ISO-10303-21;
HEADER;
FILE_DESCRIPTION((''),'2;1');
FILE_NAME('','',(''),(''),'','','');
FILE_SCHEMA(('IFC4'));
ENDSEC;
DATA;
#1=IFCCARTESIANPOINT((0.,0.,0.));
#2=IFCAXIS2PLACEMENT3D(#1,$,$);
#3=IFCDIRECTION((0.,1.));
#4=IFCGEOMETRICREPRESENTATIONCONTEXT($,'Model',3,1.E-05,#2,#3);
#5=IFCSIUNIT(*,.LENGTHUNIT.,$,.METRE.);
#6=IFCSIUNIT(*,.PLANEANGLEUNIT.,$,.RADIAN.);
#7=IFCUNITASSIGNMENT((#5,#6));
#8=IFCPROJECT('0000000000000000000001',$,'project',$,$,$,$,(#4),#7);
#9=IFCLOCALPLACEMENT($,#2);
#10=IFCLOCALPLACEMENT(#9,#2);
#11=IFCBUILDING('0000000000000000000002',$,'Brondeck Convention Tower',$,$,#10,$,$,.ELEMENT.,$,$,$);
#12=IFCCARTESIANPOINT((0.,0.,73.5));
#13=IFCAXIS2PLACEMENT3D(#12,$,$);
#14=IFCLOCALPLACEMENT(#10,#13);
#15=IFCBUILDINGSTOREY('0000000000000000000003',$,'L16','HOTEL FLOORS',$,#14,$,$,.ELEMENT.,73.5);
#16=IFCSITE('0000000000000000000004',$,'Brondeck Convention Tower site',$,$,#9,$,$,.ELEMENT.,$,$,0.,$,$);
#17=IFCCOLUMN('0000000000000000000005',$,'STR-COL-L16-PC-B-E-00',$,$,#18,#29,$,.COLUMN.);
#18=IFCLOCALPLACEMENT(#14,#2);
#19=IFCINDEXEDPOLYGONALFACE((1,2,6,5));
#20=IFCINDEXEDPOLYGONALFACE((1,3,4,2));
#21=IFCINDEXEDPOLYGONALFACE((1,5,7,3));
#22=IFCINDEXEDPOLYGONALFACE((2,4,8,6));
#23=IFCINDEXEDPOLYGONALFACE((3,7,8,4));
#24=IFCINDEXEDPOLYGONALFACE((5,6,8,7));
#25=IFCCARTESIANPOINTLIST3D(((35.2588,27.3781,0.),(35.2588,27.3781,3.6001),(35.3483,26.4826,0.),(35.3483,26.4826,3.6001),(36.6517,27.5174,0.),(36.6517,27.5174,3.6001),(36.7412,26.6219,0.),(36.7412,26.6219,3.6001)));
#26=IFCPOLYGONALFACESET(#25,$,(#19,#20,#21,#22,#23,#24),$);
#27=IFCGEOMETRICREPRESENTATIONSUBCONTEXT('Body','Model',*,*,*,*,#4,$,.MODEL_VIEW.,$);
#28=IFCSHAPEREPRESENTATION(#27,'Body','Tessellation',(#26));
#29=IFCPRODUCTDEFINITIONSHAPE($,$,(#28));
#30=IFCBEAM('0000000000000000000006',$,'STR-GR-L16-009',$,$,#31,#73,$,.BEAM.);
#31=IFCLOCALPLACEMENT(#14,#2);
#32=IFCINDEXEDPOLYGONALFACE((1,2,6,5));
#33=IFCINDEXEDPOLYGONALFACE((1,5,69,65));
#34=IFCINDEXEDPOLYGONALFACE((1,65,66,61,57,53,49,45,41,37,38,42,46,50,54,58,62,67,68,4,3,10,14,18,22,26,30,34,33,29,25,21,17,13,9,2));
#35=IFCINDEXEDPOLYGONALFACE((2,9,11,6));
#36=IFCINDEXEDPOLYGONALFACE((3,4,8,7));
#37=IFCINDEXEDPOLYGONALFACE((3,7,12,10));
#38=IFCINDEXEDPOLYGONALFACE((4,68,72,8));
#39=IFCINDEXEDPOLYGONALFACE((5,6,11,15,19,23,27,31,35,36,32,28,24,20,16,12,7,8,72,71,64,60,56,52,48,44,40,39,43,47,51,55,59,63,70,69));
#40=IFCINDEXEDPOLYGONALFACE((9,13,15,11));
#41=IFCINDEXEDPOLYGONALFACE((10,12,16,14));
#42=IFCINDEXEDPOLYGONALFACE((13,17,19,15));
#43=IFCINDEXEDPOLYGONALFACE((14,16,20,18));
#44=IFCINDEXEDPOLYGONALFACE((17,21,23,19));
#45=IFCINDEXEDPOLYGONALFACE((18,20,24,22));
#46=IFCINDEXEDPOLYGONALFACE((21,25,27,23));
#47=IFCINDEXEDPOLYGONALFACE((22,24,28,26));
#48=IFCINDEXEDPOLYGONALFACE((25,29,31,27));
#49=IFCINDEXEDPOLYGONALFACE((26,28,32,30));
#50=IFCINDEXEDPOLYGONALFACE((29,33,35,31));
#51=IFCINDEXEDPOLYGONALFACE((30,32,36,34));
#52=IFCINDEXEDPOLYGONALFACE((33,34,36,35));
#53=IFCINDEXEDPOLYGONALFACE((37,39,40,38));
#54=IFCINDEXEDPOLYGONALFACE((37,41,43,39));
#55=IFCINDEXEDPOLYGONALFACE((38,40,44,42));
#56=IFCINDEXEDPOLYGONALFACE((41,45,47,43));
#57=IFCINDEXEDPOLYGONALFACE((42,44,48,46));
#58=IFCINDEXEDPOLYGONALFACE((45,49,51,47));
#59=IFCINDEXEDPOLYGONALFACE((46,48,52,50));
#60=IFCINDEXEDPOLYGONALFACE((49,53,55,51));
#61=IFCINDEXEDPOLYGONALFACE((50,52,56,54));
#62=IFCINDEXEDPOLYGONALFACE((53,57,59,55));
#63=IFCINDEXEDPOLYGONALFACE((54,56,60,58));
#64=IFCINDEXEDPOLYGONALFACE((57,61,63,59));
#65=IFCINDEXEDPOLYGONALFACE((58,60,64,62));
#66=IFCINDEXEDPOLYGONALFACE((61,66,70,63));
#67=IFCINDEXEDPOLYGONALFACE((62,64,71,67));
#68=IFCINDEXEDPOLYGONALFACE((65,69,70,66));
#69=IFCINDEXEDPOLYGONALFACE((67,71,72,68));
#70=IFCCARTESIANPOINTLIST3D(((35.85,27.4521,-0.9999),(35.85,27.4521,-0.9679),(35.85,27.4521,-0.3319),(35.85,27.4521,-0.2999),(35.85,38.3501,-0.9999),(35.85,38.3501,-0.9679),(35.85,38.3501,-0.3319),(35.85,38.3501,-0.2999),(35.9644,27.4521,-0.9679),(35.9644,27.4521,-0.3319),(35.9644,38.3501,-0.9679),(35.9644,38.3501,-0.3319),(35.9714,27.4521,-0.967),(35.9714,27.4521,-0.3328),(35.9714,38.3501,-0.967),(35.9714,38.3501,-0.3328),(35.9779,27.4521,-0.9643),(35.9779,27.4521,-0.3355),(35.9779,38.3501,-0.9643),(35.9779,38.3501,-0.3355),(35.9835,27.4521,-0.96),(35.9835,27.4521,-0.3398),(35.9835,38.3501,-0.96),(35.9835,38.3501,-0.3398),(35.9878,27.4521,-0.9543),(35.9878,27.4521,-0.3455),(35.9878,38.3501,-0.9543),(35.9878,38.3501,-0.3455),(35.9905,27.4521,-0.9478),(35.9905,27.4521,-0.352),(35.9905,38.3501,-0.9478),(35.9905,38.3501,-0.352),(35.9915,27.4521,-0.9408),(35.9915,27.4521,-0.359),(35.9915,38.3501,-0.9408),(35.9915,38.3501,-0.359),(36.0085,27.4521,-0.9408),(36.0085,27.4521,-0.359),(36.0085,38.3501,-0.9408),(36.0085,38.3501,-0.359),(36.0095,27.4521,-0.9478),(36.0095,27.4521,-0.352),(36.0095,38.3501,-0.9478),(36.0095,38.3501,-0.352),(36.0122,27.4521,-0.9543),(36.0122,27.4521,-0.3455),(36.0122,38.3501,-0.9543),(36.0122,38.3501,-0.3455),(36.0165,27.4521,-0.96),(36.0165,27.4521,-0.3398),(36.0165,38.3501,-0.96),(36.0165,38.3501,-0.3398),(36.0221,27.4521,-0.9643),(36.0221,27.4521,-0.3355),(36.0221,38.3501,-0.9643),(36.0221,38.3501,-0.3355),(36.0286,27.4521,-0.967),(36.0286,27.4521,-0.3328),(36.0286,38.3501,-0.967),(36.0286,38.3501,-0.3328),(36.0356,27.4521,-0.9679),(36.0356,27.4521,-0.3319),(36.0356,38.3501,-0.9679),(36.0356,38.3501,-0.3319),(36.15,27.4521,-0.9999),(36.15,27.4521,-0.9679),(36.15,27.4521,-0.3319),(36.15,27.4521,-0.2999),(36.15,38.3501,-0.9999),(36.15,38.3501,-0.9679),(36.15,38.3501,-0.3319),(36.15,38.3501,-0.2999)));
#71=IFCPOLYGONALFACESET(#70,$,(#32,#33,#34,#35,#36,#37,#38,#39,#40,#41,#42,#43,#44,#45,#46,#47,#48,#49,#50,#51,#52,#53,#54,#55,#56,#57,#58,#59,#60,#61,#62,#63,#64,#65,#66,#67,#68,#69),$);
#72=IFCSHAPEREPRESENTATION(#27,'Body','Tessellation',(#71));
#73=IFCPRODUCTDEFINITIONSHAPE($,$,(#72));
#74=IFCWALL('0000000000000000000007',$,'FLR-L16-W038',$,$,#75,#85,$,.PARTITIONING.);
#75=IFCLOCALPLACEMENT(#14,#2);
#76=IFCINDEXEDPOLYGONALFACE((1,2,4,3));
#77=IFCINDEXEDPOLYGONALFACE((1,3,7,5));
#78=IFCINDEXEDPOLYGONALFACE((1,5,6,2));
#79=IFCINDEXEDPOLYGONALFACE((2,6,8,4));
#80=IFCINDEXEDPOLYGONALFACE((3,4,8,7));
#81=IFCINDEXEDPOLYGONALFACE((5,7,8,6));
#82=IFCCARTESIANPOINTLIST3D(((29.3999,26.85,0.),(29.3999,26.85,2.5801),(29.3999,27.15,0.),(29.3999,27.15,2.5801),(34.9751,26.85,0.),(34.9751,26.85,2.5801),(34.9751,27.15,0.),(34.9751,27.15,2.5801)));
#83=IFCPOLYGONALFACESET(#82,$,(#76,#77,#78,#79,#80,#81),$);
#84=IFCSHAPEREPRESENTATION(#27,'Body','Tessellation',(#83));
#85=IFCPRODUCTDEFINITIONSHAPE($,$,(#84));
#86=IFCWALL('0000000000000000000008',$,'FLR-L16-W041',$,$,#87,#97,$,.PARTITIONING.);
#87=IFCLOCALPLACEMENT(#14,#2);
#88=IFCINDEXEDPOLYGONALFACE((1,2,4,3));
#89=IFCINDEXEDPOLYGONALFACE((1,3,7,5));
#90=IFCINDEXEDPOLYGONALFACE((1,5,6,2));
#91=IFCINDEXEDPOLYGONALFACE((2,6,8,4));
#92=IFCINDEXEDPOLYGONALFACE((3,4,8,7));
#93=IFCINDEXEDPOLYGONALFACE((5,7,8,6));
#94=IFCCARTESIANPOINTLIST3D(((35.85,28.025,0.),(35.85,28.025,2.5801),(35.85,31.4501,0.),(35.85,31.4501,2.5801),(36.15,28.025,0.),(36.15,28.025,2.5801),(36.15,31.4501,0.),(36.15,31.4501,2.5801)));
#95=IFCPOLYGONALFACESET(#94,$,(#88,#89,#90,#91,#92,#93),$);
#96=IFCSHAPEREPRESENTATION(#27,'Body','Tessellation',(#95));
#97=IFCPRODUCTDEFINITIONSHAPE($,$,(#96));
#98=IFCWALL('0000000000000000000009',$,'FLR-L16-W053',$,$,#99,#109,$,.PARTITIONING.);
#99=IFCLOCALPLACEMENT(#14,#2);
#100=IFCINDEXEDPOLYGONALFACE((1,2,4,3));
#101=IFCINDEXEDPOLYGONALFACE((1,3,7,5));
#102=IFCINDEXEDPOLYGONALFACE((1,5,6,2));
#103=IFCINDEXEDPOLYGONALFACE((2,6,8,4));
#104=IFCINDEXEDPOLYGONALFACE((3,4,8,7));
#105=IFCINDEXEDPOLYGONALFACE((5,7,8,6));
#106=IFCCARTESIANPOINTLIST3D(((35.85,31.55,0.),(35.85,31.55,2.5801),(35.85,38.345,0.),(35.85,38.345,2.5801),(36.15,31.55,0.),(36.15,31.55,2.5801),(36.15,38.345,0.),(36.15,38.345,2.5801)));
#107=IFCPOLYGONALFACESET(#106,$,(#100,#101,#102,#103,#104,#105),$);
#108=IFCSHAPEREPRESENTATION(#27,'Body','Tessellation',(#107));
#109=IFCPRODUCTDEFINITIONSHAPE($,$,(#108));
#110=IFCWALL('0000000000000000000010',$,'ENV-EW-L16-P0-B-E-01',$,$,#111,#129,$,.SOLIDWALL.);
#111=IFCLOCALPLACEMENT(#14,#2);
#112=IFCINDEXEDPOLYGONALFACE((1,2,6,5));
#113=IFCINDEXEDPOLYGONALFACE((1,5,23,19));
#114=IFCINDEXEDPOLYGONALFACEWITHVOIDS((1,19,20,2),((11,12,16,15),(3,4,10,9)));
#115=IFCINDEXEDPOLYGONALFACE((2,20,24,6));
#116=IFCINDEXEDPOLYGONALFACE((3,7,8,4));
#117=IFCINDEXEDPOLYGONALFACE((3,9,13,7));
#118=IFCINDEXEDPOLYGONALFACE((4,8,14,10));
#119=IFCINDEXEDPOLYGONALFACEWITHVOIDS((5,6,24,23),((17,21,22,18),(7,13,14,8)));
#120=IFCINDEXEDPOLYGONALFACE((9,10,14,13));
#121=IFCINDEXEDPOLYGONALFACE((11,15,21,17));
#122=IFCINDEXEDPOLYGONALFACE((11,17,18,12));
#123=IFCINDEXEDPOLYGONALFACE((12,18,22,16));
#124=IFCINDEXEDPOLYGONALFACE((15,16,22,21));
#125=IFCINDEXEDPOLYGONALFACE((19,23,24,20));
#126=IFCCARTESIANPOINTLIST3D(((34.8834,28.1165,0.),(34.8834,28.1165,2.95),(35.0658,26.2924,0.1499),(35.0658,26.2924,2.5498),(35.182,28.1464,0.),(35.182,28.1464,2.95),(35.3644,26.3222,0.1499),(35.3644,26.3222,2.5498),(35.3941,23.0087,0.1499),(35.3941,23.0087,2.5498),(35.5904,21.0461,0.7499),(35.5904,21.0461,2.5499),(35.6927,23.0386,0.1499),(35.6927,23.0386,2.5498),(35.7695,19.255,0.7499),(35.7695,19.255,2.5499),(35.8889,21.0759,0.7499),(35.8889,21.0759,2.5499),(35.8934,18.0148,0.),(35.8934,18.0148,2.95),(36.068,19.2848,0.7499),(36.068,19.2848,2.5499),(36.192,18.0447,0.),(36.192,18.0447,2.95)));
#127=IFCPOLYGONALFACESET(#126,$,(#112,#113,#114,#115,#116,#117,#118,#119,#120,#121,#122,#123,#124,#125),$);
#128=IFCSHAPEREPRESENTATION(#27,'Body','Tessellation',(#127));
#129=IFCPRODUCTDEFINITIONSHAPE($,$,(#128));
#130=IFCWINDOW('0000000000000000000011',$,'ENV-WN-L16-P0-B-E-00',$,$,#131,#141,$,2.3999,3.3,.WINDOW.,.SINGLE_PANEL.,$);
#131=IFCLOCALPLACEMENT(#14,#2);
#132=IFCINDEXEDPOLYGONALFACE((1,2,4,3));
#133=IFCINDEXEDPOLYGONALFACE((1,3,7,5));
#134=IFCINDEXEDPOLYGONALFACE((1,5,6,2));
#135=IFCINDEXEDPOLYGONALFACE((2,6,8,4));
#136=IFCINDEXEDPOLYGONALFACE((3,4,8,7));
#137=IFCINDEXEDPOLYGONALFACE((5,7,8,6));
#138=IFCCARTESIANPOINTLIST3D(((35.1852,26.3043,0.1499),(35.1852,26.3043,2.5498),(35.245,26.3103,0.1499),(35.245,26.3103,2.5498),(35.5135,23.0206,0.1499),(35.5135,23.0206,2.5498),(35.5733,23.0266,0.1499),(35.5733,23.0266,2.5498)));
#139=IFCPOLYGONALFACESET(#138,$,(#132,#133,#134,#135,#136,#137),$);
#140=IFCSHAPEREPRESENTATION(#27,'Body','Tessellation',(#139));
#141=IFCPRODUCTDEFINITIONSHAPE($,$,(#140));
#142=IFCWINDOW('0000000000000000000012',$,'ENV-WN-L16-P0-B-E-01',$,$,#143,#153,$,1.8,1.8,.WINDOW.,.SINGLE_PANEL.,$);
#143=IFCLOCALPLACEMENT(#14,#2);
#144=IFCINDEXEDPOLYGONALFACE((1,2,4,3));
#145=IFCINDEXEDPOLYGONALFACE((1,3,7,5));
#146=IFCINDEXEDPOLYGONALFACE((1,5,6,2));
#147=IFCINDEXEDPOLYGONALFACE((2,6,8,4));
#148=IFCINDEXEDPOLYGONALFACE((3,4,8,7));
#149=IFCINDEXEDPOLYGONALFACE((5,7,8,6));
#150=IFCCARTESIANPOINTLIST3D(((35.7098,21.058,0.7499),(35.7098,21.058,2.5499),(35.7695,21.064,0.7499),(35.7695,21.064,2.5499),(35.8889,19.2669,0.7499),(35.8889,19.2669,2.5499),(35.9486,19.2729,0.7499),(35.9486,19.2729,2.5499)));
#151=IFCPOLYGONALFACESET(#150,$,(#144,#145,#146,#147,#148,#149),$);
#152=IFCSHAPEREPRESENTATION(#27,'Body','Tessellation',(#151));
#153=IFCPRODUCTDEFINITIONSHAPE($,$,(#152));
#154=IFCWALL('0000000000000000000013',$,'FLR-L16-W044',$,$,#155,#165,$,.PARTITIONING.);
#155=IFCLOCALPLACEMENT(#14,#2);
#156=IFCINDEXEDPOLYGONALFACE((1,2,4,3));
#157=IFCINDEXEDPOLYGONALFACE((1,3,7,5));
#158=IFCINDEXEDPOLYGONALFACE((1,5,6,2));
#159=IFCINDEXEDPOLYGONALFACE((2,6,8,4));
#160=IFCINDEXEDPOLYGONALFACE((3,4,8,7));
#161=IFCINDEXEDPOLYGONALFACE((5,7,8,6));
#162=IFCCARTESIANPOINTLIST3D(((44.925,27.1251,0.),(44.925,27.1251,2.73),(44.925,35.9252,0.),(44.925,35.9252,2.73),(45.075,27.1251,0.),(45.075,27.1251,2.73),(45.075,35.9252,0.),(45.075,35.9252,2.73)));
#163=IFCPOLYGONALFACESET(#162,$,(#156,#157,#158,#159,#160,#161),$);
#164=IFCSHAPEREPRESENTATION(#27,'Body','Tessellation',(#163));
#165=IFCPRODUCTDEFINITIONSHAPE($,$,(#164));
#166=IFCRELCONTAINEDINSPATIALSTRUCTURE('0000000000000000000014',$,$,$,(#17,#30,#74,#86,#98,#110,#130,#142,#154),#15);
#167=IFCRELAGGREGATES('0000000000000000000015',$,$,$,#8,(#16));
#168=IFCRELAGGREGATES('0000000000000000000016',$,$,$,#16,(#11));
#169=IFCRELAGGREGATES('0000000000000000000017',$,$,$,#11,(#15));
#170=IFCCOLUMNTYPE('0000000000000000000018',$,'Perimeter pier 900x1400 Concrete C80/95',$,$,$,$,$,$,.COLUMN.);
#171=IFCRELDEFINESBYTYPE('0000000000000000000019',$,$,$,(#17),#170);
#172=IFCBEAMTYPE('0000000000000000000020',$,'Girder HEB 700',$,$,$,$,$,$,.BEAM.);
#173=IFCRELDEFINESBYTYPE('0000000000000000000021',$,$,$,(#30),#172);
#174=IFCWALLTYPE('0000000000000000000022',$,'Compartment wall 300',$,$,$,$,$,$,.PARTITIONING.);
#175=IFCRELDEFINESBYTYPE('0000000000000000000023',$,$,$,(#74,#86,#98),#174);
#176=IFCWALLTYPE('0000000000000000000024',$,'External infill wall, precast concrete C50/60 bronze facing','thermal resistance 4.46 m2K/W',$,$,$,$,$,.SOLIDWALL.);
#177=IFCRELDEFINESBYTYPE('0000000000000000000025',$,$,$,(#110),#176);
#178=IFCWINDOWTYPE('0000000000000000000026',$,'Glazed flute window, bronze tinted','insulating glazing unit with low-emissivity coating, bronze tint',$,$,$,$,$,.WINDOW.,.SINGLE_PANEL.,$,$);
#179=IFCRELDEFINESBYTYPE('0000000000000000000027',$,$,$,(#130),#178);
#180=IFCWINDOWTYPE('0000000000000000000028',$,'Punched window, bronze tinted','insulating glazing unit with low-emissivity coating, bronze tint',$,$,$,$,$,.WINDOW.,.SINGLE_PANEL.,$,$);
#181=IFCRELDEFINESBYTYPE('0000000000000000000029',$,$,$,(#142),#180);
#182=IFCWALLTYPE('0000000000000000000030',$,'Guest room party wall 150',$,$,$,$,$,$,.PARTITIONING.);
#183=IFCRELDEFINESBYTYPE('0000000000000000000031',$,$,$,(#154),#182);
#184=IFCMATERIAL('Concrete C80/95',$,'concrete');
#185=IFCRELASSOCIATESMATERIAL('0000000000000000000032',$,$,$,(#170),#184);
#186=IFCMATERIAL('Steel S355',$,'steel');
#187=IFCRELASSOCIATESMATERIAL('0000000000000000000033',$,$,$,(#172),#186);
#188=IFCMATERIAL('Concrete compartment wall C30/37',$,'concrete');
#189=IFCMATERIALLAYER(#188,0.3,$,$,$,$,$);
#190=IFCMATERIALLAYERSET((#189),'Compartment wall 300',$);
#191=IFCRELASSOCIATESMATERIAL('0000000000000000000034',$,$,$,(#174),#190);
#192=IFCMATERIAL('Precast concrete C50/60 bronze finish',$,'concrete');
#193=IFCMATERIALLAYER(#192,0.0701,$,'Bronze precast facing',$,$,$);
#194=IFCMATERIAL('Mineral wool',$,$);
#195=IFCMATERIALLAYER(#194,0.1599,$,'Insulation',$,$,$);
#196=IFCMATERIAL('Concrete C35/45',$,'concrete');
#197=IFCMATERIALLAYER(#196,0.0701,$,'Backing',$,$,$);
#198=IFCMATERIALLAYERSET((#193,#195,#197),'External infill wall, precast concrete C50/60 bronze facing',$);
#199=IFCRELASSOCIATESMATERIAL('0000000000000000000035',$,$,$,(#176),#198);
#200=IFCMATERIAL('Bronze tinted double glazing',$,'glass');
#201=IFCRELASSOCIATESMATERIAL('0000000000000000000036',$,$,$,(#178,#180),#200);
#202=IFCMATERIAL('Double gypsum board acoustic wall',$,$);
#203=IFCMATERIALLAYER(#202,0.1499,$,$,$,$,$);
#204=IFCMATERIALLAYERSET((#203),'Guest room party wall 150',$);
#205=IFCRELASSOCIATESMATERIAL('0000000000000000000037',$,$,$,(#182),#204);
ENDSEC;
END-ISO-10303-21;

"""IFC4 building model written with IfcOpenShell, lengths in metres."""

from ifc_helpers import new_model, si_unit, direction, frame, frame_2d, origin, origin_2d, place, context, subcontext, project, spatial, rectangle, i_section, extrude, material, layer, layer_set, material_profile, profile_set, type_object, element, fill, save


model = new_model("IFC4")

# Units and contexts
model_context = context("Model", 3, precision=1e-05, world=origin(), true_north=direction((0.0, 1.0)))
body_context = subcontext(model_context, "Body", "Model", "MODEL_VIEW")
ifc_project = project(units=[si_unit("LENGTHUNIT", "METRE"), si_unit("PLANEANGLEUNIT", "RADIAN")], contexts=[model_context])

# Site, building, storey
site_placement = place(None, origin())
site = spatial("IfcSite", under=ifc_project, at=site_placement, Name="Brondeck Convention Tower site", CompositionType="ELEMENT", RefElevation=0.0)
building_placement = place(site_placement, origin())
building = spatial("IfcBuilding", under=site, at=building_placement, Name="Brondeck Convention Tower", CompositionType="ELEMENT")
storey_placement = place(building_placement, frame((0.0, 0.0, 73.5)))
storey = spatial("IfcBuildingStorey", under=building, at=storey_placement, Name="L16", Description="HOTEL FLOORS", CompositionType="ELEMENT", Elevation=73.5)

# Column
ifc_material_1 = material(Name="Concrete C80/95", Category="concrete")
ifc_material_profile_1 = material_profile(ifc_material_1, rectangle(XDim=0.8999, YDim=1.3999, at=origin_2d()), Name="Perimeter pier 900x1400 Concrete C80/95")
ifc_profile_set_1 = profile_set([ifc_material_profile_1], Name="Concrete C80/95")
column_type = type_object("IfcColumnType", Name="Perimeter pier 900x1400 Concrete C80/95", PredefinedType="COLUMN", material=ifc_profile_set_1)
column_placement = place(storey_placement, frame((36.0, 27.0, 0.0), z_axis=(0.0, 0.0, 1.0), x_axis=(-0.099504, 0.995037, 0.0)))
element("IfcColumn", 1, at=column_placement, inside=storey, type_object=column_type, Name="STR-COL-L16-PC-B-E-00", PredefinedType="COLUMN", context=body_context, shape_type="SweptSolid", body=[
    extrude(rectangle(XDim=0.8999, YDim=1.3999, at=origin_2d()), origin(), (0.0, 0.0, 1.0), 3.6001),
])

# Beam
ifc_material_2 = material(Name="Steel S355", Category="steel")
ifc_material_profile_2 = material_profile(ifc_material_2, i_section(OverallWidth=0.3, OverallDepth=0.7, WebThickness=0.0171, FlangeThickness=0.032, FilletRadius=0.0271, at=origin_2d()), Name="HEB 700")
ifc_profile_set_2 = profile_set([ifc_material_profile_2], Name="Steel S355")
beam_type = type_object("IfcBeamType", Name="Girder HEB 700", PredefinedType="BEAM", material=ifc_profile_set_2)
beam_placement = place(storey_placement, frame((36.0, 27.4521, -0.6499), z_axis=(0.0, 1.0, 0.0), x_axis=(-1.0, 0.0, 0.0)))
element("IfcBeam", 2, at=beam_placement, inside=storey, type_object=beam_type, Name="STR-GR-L16-009", PredefinedType="BEAM", context=body_context, shape_type="SweptSolid", body=[
    extrude(i_section(OverallWidth=0.3, OverallDepth=0.7, WebThickness=0.0171, FlangeThickness=0.032, FilletRadius=0.0271, at=origin_2d()), origin(), (0.0, 0.0, 1.0), 10.8979),
])

# Walls
ifc_material_3 = material(Name="Concrete compartment wall C30/37", Category="concrete")
ifc_layer_1 = layer(ifc_material_3, 0.3)
ifc_layer_set_1 = layer_set([ifc_layer_1], Name="Compartment wall 300")
wall_type_1 = type_object("IfcWallType", Name="Compartment wall 300", PredefinedType="PARTITIONING", material=ifc_layer_set_1)
wall_1_placement = place(storey_placement, frame((34.9751, 27.0, 0.0), z_axis=(0.0, 0.0, 1.0), x_axis=(-1.0, 0.0, 0.0)))
element("IfcWall", 3, at=wall_1_placement, inside=storey, type_object=wall_type_1, Name="FLR-L16-W038", PredefinedType="PARTITIONING", context=body_context, shape_type="SweptSolid", body=[
    extrude(rectangle(XDim=5.5752, YDim=0.3, at=frame_2d((2.7876, 0.0))), origin(), (0.0, 0.0, 1.0), 2.5801),
])
wall_2_placement = place(storey_placement, frame((36.0, 31.45, 0.0), z_axis=(0.0, 0.0, 1.0), x_axis=(0.0, -1.0, 0.0)))
element("IfcWall", 4, at=wall_2_placement, inside=storey, type_object=wall_type_1, Name="FLR-L16-W041", PredefinedType="PARTITIONING", context=body_context, shape_type="SweptSolid", body=[
    extrude(rectangle(XDim=3.425, YDim=0.3, at=frame_2d((1.7124, 0.0))), origin(), (0.0, 0.0, 1.0), 2.5801),
])
wall_3_placement = place(storey_placement, frame((36.0, 38.345, 0.0), z_axis=(0.0, 0.0, 1.0), x_axis=(0.0, -1.0, 0.0)))
element("IfcWall", 5, at=wall_3_placement, inside=storey, type_object=wall_type_1, Name="FLR-L16-W053", PredefinedType="PARTITIONING", context=body_context, shape_type="SweptSolid", body=[
    extrude(rectangle(XDim=6.7949, YDim=0.3, at=frame_2d((3.3975, 0.0))), origin(), (0.0, 0.0, 1.0), 2.5801),
])

# Wall, openings, windows
ifc_material_4 = material(Name="Precast concrete C50/60 bronze finish", Category="concrete")
ifc_layer_2 = layer(ifc_material_4, 0.0701, Name="Bronze precast facing")
ifc_material_5 = material(Name="Mineral wool")
ifc_layer_3 = layer(ifc_material_5, 0.1599, Name="Insulation")
ifc_material_6 = material(Name="Concrete C35/45", Category="concrete")
ifc_layer_4 = layer(ifc_material_6, 0.0701, Name="Backing")
ifc_layer_set_2 = layer_set([ifc_layer_2, ifc_layer_3, ifc_layer_4], Name="External infill wall, precast concrete C50/60 bronze facing")
wall_type_2 = type_object("IfcWallType", Name="External infill wall, precast concrete C50/60 bronze facing", Description="thermal resistance 4.46 m2K/W", PredefinedType="SOLIDWALL", material=ifc_layer_set_2)
wall_4_placement = place(storey_placement, frame((35.0327, 28.1316, 0.0), z_axis=(0.0, 0.0, 1.0), x_axis=(0.099487, -0.995039, 0.0)))
wall_4 = element("IfcWall", 6, at=wall_4_placement, inside=storey, type_object=wall_type_2, Name="ENV-EW-L16-P0-B-E-01", PredefinedType="SOLIDWALL", context=body_context, shape_type="SweptSolid", body=[
    extrude(rectangle(XDim=10.1521, YDim=0.3, at=frame_2d((5.0762, 0.0))), origin(), (0.0, 0.0, 1.0), 2.95),
])
opening_1_placement = place(wall_4_placement, frame((1.8335, 0.0, 0.1499)))
opening_1 = element("IfcOpeningElement", 7, at=opening_1_placement, cuts=wall_4, PredefinedType="OPENING", context=body_context, shape_type="SweptSolid", body=[
    extrude(rectangle(XDim=3.3, YDim=2.3999, at=frame_2d((1.6499, 1.2))), frame((0.0, 0.1599, 0.0), z_axis=(0.0, -1.0, 0.0), x_axis=(1.0, 0.0, 0.0)), (0.0, 0.0, 1.0), 0.3201),
])
opening_2_placement = place(wall_4_placement, frame((7.106, 0.0, 0.75)))
opening_2 = element("IfcOpeningElement", 8, at=opening_2_placement, cuts=wall_4, PredefinedType="OPENING", context=body_context, shape_type="SweptSolid", body=[
    extrude(rectangle(XDim=1.8, YDim=1.8, at=frame_2d((0.8999, 0.8999))), frame((0.0, 0.1599, 0.0), z_axis=(0.0, -1.0, 0.0), x_axis=(1.0, 0.0, 0.0)), (0.0, 0.0, 1.0), 0.3201),
])
ifc_material_7 = material(Name="Bronze tinted double glazing", Category="glass")
window_type_1 = type_object("IfcWindowType", Name="Glazed flute window, bronze tinted", Description="insulating glazing unit with low-emissivity coating, bronze tint", PartitioningType="SINGLE_PANEL", PredefinedType="WINDOW", material=ifc_material_7)
window_1_placement = place(opening_1_placement, origin())
window_1 = element("IfcWindow", 9, at=window_1_placement, inside=storey, type_object=window_type_1, Name="ENV-WN-L16-P0-B-E-00", OverallHeight=2.3999, OverallWidth=3.3, PartitioningType="SINGLE_PANEL", PredefinedType="WINDOW", context=body_context, shape_type="SweptSolid", body=[
    extrude(rectangle(XDim=3.3, YDim=2.3999, at=frame_2d((1.6499, 1.2))), frame((0.0, 0.03, 0.0), z_axis=(0.0, -1.0, 0.0), x_axis=(1.0, 0.0, 0.0)), (0.0, 0.0, 1.0), 0.0601),
])
fill(opening_1, window_1)
window_type_2 = type_object("IfcWindowType", Name="Punched window, bronze tinted", Description="insulating glazing unit with low-emissivity coating, bronze tint", PartitioningType="SINGLE_PANEL", PredefinedType="WINDOW", material=ifc_material_7)
window_2_placement = place(opening_2_placement, origin())
window_2 = element("IfcWindow", 10, at=window_2_placement, inside=storey, type_object=window_type_2, Name="ENV-WN-L16-P0-B-E-01", OverallHeight=1.8, OverallWidth=1.8, PartitioningType="SINGLE_PANEL", PredefinedType="WINDOW", context=body_context, shape_type="SweptSolid", body=[
    extrude(rectangle(XDim=1.8, YDim=1.8, at=frame_2d((0.8999, 0.8999))), frame((0.0, 0.03, 0.0), z_axis=(0.0, -1.0, 0.0), x_axis=(1.0, 0.0, 0.0)), (0.0, 0.0, 1.0), 0.0601),
])
fill(opening_2, window_2)

# Wall
ifc_material_8 = material(Name="Double gypsum board acoustic wall")
ifc_layer_5 = layer(ifc_material_8, 0.1499)
ifc_layer_set_3 = layer_set([ifc_layer_5], Name="Guest room party wall 150")
wall_type_3 = type_object("IfcWallType", Name="Guest room party wall 150", PredefinedType="PARTITIONING", material=ifc_layer_set_3)
wall_5_placement = place(storey_placement, frame((45.0, 35.925, 0.0), z_axis=(0.0, 0.0, 1.0), x_axis=(0.0, -1.0, 0.0)))
element("IfcWall", 11, at=wall_5_placement, inside=storey, type_object=wall_type_3, Name="FLR-L16-W044", PredefinedType="PARTITIONING", context=body_context, shape_type="SweptSolid", body=[
    extrude(rectangle(XDim=8.8, YDim=0.1499, at=frame_2d((4.3999, 0.0))), origin(), (0.0, 0.0, 1.0), 2.73),
])

save(model, "model.ifc")
